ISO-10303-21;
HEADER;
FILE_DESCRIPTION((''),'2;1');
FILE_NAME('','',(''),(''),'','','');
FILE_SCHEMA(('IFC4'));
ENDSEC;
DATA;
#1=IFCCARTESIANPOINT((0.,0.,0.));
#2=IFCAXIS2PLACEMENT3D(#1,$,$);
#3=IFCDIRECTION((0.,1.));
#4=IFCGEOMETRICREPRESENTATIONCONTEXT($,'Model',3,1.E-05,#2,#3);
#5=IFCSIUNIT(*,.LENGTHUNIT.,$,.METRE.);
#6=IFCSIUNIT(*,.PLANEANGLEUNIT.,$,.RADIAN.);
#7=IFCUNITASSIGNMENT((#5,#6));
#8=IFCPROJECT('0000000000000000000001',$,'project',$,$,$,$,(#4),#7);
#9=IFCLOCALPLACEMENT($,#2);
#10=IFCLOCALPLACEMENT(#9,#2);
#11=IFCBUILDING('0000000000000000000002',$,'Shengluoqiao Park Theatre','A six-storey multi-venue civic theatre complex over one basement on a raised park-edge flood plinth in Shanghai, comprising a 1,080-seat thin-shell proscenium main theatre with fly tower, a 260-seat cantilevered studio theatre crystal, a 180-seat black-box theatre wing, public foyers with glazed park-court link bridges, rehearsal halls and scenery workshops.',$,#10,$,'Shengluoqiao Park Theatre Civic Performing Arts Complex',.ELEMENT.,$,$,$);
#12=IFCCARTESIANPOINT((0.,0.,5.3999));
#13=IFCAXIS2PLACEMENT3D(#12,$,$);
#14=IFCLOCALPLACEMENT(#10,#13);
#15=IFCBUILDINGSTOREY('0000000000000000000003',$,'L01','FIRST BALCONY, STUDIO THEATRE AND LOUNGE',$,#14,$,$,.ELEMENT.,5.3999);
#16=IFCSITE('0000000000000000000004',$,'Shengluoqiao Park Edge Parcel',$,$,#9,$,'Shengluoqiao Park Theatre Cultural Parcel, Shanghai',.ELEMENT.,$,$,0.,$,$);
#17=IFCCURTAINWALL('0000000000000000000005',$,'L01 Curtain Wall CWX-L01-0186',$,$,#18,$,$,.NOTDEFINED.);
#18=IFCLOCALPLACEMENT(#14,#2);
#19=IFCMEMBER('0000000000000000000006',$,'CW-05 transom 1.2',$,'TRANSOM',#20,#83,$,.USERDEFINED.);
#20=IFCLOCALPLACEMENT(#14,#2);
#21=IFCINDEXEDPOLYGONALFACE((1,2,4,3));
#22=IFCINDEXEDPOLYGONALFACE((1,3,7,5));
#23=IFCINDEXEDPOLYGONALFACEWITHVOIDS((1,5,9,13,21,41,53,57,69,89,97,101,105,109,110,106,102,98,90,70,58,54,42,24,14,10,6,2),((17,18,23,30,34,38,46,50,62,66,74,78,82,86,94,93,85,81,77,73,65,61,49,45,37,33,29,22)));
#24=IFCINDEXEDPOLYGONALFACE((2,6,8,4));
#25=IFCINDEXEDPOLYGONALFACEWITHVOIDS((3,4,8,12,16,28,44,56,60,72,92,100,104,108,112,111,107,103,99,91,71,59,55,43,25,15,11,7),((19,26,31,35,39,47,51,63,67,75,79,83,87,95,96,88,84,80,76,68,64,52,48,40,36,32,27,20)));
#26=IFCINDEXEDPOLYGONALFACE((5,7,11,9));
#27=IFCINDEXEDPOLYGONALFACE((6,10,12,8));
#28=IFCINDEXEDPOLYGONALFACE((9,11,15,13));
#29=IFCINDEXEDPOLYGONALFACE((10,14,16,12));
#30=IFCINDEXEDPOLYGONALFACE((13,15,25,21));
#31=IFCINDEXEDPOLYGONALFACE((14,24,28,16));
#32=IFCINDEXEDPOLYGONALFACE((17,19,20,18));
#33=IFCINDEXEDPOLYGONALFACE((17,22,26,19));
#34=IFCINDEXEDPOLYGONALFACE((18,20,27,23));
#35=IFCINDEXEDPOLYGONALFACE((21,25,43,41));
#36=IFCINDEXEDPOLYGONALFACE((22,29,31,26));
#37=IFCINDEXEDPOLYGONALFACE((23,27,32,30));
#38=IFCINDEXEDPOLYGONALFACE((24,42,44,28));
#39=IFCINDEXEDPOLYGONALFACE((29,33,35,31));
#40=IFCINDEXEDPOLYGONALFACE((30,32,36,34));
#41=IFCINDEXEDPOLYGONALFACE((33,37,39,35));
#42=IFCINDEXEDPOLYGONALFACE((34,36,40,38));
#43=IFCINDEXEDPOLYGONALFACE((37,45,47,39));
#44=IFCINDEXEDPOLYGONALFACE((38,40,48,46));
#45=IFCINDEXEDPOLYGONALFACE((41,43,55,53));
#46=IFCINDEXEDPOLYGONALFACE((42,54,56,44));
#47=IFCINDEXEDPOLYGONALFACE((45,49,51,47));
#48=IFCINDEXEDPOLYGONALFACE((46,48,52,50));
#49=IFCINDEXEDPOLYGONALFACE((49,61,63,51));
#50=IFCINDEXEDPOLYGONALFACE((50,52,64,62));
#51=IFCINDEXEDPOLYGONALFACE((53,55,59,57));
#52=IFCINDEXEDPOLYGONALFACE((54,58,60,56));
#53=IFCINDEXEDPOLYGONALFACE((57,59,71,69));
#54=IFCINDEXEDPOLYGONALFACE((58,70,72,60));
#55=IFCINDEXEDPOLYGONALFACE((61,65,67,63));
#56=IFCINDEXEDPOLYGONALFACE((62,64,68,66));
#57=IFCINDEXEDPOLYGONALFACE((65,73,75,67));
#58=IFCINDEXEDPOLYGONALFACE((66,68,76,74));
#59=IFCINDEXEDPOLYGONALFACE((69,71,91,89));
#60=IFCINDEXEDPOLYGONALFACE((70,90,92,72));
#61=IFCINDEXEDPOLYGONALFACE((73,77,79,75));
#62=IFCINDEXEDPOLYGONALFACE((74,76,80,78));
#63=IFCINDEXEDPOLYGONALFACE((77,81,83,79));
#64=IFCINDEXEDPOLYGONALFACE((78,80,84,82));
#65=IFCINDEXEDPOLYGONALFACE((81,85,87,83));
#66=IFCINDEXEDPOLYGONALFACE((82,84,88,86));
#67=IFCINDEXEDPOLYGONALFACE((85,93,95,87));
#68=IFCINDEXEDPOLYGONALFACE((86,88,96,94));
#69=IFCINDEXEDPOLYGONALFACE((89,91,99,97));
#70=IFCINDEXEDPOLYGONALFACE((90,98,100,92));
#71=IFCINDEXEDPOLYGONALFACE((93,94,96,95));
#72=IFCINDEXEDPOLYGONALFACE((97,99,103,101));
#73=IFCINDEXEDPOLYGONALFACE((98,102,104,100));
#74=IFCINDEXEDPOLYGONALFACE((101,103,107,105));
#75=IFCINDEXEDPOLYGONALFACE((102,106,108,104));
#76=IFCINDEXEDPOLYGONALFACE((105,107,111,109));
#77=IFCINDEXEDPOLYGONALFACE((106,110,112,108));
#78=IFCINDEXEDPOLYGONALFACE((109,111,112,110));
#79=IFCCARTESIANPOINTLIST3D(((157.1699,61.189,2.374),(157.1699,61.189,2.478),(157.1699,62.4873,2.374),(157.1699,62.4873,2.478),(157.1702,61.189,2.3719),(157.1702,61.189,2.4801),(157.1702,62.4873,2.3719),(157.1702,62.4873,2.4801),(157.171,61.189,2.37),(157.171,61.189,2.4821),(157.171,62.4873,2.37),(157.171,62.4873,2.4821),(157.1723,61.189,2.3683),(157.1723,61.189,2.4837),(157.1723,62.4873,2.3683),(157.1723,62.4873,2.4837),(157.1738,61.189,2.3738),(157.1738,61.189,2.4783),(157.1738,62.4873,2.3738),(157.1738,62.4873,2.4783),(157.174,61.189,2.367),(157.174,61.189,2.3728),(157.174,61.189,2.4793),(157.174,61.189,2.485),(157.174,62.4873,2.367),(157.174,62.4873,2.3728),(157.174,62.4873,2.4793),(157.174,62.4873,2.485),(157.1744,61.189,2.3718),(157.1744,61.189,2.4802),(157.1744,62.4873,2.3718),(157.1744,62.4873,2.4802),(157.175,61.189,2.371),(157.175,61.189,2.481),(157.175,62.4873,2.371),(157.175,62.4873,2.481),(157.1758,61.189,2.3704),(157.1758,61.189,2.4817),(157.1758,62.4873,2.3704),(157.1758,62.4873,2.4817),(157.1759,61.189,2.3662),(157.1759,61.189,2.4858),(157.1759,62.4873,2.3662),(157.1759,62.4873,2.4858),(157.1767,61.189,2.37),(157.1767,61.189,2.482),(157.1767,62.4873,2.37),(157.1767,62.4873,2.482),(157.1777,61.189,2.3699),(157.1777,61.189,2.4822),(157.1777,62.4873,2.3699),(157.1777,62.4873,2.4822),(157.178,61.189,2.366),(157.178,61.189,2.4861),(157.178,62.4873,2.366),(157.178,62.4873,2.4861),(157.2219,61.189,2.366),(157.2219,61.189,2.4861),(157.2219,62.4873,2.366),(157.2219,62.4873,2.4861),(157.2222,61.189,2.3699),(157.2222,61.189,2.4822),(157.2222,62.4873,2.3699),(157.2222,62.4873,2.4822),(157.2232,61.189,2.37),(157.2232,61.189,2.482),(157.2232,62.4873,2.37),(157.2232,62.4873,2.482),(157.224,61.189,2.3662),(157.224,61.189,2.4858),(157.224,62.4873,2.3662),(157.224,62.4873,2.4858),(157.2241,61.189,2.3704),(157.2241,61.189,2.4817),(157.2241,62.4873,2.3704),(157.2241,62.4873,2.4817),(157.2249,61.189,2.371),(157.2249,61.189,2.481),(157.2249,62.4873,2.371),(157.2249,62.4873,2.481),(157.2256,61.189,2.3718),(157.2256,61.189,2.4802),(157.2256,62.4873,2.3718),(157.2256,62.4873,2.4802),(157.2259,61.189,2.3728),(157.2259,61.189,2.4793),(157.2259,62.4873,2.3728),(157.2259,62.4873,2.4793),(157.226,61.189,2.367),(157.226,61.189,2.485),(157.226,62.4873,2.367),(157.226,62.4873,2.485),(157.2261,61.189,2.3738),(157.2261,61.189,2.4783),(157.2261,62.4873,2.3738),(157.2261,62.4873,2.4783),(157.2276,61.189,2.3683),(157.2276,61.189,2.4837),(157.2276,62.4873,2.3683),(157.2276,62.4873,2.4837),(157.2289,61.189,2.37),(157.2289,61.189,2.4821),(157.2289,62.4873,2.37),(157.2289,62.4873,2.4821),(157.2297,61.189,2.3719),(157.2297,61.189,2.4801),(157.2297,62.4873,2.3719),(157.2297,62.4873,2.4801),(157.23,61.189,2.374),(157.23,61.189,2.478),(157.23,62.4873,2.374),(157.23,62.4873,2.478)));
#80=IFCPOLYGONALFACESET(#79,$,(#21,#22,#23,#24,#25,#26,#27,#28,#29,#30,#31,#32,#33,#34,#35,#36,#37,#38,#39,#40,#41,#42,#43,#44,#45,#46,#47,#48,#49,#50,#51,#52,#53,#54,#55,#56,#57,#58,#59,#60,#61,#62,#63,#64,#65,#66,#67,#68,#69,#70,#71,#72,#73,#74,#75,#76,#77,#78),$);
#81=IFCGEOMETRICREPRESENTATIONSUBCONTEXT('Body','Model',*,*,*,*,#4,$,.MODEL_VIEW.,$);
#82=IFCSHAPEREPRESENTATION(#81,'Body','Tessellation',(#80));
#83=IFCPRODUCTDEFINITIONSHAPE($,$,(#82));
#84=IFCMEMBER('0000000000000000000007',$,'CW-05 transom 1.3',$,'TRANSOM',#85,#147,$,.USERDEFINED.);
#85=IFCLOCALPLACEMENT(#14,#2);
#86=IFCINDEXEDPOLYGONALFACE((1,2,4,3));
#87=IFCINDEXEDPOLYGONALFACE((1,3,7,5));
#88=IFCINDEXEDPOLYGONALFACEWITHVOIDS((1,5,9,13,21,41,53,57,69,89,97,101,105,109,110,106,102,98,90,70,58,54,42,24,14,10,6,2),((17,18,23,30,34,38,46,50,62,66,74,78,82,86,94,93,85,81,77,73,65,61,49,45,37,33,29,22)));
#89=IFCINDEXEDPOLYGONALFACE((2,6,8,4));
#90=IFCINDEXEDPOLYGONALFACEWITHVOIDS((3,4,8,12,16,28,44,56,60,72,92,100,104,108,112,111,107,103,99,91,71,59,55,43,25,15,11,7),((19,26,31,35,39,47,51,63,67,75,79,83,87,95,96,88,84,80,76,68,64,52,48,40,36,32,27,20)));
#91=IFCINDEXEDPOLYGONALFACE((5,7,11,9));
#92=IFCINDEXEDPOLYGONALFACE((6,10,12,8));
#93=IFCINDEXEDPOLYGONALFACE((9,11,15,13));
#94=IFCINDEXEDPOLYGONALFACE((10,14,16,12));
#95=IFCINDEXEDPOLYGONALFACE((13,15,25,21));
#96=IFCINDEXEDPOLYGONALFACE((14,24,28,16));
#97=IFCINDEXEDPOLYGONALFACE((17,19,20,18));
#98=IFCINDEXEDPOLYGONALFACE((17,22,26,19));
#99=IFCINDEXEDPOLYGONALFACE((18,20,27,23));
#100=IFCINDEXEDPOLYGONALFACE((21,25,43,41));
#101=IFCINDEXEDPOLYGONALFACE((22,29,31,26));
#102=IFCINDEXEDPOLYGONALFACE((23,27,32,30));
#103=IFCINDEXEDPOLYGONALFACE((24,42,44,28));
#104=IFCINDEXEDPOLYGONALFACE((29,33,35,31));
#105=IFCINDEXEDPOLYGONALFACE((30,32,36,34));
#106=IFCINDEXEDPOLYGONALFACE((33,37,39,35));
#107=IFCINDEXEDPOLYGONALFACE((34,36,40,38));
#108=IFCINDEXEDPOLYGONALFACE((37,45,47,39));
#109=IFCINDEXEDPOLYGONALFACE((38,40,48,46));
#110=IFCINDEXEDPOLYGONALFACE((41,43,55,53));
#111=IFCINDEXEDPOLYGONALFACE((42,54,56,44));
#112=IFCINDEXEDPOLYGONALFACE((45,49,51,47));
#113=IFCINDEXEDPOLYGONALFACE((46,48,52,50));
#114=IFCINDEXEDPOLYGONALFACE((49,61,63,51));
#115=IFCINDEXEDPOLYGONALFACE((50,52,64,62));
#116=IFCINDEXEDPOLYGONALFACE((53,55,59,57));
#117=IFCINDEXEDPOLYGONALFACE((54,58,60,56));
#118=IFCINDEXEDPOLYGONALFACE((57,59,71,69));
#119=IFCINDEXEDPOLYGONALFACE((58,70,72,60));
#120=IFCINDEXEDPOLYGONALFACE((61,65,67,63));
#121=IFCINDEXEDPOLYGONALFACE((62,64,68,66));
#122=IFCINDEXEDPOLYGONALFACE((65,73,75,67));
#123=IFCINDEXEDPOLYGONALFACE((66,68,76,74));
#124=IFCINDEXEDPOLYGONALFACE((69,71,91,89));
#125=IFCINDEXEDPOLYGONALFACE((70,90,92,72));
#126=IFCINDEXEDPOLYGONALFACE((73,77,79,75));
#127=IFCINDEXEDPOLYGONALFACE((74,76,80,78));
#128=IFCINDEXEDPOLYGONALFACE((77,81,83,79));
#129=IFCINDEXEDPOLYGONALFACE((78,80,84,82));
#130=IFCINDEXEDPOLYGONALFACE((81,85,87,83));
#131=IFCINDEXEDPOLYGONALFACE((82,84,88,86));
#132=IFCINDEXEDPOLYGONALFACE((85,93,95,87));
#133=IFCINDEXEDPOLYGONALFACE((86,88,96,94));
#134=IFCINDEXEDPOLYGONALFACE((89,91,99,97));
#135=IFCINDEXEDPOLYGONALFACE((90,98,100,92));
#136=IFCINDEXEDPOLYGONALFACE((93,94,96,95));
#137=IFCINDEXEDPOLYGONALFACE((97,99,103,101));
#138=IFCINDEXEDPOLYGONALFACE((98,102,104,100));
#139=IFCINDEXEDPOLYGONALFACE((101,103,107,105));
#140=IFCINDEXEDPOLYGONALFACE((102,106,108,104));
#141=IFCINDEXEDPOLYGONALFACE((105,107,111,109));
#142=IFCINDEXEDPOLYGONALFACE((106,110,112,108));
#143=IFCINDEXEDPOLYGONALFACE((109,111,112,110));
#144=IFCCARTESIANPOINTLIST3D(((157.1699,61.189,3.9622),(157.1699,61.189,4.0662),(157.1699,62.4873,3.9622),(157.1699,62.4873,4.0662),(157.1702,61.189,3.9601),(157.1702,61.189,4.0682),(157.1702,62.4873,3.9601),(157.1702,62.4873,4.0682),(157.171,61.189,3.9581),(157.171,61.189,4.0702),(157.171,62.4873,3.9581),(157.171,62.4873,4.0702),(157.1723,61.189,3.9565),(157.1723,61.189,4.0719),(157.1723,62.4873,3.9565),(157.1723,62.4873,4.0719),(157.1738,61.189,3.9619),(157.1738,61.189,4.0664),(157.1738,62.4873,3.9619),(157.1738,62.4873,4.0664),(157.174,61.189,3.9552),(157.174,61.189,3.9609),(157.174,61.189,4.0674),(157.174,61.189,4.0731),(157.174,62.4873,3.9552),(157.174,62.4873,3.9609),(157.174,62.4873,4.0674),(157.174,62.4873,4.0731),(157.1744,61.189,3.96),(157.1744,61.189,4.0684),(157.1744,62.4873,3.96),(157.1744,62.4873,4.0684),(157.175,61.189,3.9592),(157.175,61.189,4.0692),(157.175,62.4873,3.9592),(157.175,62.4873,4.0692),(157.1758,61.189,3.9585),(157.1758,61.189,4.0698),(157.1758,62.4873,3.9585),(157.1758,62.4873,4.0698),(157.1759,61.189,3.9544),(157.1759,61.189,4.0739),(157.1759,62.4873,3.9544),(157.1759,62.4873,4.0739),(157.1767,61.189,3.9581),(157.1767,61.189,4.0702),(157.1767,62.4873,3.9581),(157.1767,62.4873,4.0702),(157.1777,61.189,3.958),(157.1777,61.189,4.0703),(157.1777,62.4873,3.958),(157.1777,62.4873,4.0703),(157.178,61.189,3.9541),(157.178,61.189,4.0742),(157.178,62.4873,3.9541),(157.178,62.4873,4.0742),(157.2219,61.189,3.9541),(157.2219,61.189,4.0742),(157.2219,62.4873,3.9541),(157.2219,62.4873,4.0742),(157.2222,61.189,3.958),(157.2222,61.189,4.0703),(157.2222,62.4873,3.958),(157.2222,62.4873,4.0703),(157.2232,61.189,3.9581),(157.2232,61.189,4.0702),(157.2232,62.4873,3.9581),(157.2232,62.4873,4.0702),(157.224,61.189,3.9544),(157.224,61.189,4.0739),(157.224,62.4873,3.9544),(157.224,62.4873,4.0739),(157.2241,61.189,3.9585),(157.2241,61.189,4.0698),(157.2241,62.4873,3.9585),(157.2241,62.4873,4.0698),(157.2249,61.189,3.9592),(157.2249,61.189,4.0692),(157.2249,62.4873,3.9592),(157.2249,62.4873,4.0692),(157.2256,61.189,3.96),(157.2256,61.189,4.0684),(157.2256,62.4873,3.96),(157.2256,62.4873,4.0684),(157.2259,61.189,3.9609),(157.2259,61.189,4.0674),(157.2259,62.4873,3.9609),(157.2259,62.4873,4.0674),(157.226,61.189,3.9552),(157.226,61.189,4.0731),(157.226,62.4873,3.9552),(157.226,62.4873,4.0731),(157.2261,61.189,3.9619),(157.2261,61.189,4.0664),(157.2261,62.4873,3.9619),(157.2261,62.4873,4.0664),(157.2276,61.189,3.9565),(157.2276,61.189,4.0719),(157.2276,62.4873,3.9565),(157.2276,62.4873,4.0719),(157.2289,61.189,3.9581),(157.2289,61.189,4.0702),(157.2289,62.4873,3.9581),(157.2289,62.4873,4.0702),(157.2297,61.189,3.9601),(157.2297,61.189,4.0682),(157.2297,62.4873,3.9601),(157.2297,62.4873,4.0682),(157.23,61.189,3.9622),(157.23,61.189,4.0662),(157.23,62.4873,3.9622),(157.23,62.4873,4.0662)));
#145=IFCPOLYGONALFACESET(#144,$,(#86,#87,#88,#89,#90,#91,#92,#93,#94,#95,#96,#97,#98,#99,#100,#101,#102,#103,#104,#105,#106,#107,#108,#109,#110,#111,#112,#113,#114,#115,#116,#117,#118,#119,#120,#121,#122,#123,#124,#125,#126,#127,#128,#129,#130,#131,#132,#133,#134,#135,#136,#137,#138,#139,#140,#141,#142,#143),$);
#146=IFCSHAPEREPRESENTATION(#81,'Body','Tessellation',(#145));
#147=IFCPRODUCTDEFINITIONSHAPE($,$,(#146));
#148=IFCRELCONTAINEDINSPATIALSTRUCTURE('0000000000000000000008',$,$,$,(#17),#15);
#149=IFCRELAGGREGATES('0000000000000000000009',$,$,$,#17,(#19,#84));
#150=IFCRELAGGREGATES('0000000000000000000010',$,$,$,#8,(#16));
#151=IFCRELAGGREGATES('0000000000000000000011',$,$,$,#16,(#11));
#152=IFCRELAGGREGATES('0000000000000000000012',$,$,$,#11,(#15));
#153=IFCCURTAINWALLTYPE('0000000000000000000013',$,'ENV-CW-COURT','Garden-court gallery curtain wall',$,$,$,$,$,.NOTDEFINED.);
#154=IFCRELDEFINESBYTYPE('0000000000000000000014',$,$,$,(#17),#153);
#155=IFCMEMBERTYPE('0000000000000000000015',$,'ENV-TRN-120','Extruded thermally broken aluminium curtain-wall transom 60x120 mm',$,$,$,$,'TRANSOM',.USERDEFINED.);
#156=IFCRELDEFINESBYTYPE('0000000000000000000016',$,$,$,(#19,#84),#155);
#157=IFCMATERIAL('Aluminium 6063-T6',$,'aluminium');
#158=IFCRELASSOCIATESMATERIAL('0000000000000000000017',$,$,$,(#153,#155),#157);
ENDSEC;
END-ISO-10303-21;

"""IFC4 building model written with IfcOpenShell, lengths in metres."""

from ifc_helpers import new_model, si_unit, direction, frame, origin, origin_2d, place, context, subcontext, project, spatial, hollow_rectangle, extrude, material, material_profile, profile_set, type_object, element, aggregate, save


model = new_model("IFC4")

# Units and contexts
model_context = context("Model", 3, precision=1e-05, world=origin(), true_north=direction((0.0, 1.0)))
body_context = subcontext(model_context, "Body", "Model", "MODEL_VIEW")
ifc_project = project(units=[si_unit("LENGTHUNIT", "METRE"), si_unit("PLANEANGLEUNIT", "RADIAN")], contexts=[model_context])

# Site, building, storey
site_placement = place(None, origin())
site = spatial("IfcSite", under=ifc_project, at=site_placement, Name="Shengluoqiao Park Edge Parcel", LongName="Shengluoqiao Park Theatre Cultural Parcel, Shanghai", CompositionType="ELEMENT", RefElevation=0.0)
building_placement = place(site_placement, origin())
building = spatial("IfcBuilding", under=site, at=building_placement, Name="Shengluoqiao Park Theatre", Description="A six-storey multi-venue civic theatre complex over one basement on a raised park-edge flood plinth in Shanghai, comprising a 1,080-seat thin-shell proscenium main theatre with fly tower, a 260-seat cantilevered studio theatre crystal, a 180-seat black-box theatre wing, public foyers with glazed park-court link bridges, rehearsal halls and scenery workshops.", LongName="Shengluoqiao Park Theatre Civic Performing Arts Complex", CompositionType="ELEMENT")
storey_placement = place(building_placement, frame((0.0, 0.0, 5.3999)))
storey = spatial("IfcBuildingStorey", under=building, at=storey_placement, Name="L01", Description="FIRST BALCONY, STUDIO THEATRE AND LOUNGE", CompositionType="ELEMENT", Elevation=5.3999)

# Curtain wall, members
ifc_material_1 = material(Name="Aluminium 6063-T6", Category="aluminium")
curtain_wall_type = type_object("IfcCurtainWallType", Name="ENV-CW-COURT", Description="Garden-court gallery curtain wall", PredefinedType="NOTDEFINED", material=ifc_material_1)
curtain_wall_placement = place(storey_placement, origin())
curtain_wall = element("IfcCurtainWall", 1, at=curtain_wall_placement, inside=storey, type_object=curtain_wall_type, Name="L01 Curtain Wall CWX-L01-0186", PredefinedType="NOTDEFINED")
ifc_material_profile_1 = material_profile(ifc_material_1, hollow_rectangle(XDim=0.0601, YDim=0.1201, WallThickness=0.0039, InnerFilletRadius=0.0039, OuterFilletRadius=0.0081, at=origin_2d()), Name="ALU TRANSOM 120x60x4")
ifc_profile_set_1 = profile_set([ifc_material_profile_1], Name="Aluminium 6063-T6")
member_type_1 = type_object("IfcMemberType", Name="ENV-TRN-120", Description="Extruded thermally broken aluminium curtain-wall transom 60x120 mm", ElementType="TRANSOM", PredefinedType="USERDEFINED", material=ifc_profile_set_1)
member_1_placement = place(storey_placement, frame((157.2, 61.189, 2.426), z_axis=(0.0, 1.0, 0.0), x_axis=(-1.0, 0.0, 0.0)))
member_1 = element("IfcMember", 2, at=member_1_placement, type_object=member_type_1, Name="CW-05 transom 1.2", ObjectType="TRANSOM", PredefinedType="USERDEFINED", context=body_context, shape_type="SweptSolid", body=[
    extrude(hollow_rectangle(XDim=0.0601, YDim=0.1201, WallThickness=0.0039, InnerFilletRadius=0.0039, OuterFilletRadius=0.0081, at=origin_2d()), origin(), (0.0, 0.0, 1.0), 1.2983),
])
member_2_placement = place(storey_placement, frame((157.2, 61.189, 4.0142), z_axis=(0.0, 1.0, 0.0), x_axis=(-1.0, 0.0, 0.0)))
member_2 = element("IfcMember", 3, at=member_2_placement, type_object=member_type_1, Name="CW-05 transom 1.3", ObjectType="TRANSOM", PredefinedType="USERDEFINED", context=body_context, shape_type="SweptSolid", body=[
    extrude(hollow_rectangle(XDim=0.0601, YDim=0.1201, WallThickness=0.0039, InnerFilletRadius=0.0039, OuterFilletRadius=0.0081, at=origin_2d()), origin(), (0.0, 0.0, 1.0), 1.2983),
])
aggregate(curtain_wall, [member_1, member_2])

save(model, "model.ifc")
